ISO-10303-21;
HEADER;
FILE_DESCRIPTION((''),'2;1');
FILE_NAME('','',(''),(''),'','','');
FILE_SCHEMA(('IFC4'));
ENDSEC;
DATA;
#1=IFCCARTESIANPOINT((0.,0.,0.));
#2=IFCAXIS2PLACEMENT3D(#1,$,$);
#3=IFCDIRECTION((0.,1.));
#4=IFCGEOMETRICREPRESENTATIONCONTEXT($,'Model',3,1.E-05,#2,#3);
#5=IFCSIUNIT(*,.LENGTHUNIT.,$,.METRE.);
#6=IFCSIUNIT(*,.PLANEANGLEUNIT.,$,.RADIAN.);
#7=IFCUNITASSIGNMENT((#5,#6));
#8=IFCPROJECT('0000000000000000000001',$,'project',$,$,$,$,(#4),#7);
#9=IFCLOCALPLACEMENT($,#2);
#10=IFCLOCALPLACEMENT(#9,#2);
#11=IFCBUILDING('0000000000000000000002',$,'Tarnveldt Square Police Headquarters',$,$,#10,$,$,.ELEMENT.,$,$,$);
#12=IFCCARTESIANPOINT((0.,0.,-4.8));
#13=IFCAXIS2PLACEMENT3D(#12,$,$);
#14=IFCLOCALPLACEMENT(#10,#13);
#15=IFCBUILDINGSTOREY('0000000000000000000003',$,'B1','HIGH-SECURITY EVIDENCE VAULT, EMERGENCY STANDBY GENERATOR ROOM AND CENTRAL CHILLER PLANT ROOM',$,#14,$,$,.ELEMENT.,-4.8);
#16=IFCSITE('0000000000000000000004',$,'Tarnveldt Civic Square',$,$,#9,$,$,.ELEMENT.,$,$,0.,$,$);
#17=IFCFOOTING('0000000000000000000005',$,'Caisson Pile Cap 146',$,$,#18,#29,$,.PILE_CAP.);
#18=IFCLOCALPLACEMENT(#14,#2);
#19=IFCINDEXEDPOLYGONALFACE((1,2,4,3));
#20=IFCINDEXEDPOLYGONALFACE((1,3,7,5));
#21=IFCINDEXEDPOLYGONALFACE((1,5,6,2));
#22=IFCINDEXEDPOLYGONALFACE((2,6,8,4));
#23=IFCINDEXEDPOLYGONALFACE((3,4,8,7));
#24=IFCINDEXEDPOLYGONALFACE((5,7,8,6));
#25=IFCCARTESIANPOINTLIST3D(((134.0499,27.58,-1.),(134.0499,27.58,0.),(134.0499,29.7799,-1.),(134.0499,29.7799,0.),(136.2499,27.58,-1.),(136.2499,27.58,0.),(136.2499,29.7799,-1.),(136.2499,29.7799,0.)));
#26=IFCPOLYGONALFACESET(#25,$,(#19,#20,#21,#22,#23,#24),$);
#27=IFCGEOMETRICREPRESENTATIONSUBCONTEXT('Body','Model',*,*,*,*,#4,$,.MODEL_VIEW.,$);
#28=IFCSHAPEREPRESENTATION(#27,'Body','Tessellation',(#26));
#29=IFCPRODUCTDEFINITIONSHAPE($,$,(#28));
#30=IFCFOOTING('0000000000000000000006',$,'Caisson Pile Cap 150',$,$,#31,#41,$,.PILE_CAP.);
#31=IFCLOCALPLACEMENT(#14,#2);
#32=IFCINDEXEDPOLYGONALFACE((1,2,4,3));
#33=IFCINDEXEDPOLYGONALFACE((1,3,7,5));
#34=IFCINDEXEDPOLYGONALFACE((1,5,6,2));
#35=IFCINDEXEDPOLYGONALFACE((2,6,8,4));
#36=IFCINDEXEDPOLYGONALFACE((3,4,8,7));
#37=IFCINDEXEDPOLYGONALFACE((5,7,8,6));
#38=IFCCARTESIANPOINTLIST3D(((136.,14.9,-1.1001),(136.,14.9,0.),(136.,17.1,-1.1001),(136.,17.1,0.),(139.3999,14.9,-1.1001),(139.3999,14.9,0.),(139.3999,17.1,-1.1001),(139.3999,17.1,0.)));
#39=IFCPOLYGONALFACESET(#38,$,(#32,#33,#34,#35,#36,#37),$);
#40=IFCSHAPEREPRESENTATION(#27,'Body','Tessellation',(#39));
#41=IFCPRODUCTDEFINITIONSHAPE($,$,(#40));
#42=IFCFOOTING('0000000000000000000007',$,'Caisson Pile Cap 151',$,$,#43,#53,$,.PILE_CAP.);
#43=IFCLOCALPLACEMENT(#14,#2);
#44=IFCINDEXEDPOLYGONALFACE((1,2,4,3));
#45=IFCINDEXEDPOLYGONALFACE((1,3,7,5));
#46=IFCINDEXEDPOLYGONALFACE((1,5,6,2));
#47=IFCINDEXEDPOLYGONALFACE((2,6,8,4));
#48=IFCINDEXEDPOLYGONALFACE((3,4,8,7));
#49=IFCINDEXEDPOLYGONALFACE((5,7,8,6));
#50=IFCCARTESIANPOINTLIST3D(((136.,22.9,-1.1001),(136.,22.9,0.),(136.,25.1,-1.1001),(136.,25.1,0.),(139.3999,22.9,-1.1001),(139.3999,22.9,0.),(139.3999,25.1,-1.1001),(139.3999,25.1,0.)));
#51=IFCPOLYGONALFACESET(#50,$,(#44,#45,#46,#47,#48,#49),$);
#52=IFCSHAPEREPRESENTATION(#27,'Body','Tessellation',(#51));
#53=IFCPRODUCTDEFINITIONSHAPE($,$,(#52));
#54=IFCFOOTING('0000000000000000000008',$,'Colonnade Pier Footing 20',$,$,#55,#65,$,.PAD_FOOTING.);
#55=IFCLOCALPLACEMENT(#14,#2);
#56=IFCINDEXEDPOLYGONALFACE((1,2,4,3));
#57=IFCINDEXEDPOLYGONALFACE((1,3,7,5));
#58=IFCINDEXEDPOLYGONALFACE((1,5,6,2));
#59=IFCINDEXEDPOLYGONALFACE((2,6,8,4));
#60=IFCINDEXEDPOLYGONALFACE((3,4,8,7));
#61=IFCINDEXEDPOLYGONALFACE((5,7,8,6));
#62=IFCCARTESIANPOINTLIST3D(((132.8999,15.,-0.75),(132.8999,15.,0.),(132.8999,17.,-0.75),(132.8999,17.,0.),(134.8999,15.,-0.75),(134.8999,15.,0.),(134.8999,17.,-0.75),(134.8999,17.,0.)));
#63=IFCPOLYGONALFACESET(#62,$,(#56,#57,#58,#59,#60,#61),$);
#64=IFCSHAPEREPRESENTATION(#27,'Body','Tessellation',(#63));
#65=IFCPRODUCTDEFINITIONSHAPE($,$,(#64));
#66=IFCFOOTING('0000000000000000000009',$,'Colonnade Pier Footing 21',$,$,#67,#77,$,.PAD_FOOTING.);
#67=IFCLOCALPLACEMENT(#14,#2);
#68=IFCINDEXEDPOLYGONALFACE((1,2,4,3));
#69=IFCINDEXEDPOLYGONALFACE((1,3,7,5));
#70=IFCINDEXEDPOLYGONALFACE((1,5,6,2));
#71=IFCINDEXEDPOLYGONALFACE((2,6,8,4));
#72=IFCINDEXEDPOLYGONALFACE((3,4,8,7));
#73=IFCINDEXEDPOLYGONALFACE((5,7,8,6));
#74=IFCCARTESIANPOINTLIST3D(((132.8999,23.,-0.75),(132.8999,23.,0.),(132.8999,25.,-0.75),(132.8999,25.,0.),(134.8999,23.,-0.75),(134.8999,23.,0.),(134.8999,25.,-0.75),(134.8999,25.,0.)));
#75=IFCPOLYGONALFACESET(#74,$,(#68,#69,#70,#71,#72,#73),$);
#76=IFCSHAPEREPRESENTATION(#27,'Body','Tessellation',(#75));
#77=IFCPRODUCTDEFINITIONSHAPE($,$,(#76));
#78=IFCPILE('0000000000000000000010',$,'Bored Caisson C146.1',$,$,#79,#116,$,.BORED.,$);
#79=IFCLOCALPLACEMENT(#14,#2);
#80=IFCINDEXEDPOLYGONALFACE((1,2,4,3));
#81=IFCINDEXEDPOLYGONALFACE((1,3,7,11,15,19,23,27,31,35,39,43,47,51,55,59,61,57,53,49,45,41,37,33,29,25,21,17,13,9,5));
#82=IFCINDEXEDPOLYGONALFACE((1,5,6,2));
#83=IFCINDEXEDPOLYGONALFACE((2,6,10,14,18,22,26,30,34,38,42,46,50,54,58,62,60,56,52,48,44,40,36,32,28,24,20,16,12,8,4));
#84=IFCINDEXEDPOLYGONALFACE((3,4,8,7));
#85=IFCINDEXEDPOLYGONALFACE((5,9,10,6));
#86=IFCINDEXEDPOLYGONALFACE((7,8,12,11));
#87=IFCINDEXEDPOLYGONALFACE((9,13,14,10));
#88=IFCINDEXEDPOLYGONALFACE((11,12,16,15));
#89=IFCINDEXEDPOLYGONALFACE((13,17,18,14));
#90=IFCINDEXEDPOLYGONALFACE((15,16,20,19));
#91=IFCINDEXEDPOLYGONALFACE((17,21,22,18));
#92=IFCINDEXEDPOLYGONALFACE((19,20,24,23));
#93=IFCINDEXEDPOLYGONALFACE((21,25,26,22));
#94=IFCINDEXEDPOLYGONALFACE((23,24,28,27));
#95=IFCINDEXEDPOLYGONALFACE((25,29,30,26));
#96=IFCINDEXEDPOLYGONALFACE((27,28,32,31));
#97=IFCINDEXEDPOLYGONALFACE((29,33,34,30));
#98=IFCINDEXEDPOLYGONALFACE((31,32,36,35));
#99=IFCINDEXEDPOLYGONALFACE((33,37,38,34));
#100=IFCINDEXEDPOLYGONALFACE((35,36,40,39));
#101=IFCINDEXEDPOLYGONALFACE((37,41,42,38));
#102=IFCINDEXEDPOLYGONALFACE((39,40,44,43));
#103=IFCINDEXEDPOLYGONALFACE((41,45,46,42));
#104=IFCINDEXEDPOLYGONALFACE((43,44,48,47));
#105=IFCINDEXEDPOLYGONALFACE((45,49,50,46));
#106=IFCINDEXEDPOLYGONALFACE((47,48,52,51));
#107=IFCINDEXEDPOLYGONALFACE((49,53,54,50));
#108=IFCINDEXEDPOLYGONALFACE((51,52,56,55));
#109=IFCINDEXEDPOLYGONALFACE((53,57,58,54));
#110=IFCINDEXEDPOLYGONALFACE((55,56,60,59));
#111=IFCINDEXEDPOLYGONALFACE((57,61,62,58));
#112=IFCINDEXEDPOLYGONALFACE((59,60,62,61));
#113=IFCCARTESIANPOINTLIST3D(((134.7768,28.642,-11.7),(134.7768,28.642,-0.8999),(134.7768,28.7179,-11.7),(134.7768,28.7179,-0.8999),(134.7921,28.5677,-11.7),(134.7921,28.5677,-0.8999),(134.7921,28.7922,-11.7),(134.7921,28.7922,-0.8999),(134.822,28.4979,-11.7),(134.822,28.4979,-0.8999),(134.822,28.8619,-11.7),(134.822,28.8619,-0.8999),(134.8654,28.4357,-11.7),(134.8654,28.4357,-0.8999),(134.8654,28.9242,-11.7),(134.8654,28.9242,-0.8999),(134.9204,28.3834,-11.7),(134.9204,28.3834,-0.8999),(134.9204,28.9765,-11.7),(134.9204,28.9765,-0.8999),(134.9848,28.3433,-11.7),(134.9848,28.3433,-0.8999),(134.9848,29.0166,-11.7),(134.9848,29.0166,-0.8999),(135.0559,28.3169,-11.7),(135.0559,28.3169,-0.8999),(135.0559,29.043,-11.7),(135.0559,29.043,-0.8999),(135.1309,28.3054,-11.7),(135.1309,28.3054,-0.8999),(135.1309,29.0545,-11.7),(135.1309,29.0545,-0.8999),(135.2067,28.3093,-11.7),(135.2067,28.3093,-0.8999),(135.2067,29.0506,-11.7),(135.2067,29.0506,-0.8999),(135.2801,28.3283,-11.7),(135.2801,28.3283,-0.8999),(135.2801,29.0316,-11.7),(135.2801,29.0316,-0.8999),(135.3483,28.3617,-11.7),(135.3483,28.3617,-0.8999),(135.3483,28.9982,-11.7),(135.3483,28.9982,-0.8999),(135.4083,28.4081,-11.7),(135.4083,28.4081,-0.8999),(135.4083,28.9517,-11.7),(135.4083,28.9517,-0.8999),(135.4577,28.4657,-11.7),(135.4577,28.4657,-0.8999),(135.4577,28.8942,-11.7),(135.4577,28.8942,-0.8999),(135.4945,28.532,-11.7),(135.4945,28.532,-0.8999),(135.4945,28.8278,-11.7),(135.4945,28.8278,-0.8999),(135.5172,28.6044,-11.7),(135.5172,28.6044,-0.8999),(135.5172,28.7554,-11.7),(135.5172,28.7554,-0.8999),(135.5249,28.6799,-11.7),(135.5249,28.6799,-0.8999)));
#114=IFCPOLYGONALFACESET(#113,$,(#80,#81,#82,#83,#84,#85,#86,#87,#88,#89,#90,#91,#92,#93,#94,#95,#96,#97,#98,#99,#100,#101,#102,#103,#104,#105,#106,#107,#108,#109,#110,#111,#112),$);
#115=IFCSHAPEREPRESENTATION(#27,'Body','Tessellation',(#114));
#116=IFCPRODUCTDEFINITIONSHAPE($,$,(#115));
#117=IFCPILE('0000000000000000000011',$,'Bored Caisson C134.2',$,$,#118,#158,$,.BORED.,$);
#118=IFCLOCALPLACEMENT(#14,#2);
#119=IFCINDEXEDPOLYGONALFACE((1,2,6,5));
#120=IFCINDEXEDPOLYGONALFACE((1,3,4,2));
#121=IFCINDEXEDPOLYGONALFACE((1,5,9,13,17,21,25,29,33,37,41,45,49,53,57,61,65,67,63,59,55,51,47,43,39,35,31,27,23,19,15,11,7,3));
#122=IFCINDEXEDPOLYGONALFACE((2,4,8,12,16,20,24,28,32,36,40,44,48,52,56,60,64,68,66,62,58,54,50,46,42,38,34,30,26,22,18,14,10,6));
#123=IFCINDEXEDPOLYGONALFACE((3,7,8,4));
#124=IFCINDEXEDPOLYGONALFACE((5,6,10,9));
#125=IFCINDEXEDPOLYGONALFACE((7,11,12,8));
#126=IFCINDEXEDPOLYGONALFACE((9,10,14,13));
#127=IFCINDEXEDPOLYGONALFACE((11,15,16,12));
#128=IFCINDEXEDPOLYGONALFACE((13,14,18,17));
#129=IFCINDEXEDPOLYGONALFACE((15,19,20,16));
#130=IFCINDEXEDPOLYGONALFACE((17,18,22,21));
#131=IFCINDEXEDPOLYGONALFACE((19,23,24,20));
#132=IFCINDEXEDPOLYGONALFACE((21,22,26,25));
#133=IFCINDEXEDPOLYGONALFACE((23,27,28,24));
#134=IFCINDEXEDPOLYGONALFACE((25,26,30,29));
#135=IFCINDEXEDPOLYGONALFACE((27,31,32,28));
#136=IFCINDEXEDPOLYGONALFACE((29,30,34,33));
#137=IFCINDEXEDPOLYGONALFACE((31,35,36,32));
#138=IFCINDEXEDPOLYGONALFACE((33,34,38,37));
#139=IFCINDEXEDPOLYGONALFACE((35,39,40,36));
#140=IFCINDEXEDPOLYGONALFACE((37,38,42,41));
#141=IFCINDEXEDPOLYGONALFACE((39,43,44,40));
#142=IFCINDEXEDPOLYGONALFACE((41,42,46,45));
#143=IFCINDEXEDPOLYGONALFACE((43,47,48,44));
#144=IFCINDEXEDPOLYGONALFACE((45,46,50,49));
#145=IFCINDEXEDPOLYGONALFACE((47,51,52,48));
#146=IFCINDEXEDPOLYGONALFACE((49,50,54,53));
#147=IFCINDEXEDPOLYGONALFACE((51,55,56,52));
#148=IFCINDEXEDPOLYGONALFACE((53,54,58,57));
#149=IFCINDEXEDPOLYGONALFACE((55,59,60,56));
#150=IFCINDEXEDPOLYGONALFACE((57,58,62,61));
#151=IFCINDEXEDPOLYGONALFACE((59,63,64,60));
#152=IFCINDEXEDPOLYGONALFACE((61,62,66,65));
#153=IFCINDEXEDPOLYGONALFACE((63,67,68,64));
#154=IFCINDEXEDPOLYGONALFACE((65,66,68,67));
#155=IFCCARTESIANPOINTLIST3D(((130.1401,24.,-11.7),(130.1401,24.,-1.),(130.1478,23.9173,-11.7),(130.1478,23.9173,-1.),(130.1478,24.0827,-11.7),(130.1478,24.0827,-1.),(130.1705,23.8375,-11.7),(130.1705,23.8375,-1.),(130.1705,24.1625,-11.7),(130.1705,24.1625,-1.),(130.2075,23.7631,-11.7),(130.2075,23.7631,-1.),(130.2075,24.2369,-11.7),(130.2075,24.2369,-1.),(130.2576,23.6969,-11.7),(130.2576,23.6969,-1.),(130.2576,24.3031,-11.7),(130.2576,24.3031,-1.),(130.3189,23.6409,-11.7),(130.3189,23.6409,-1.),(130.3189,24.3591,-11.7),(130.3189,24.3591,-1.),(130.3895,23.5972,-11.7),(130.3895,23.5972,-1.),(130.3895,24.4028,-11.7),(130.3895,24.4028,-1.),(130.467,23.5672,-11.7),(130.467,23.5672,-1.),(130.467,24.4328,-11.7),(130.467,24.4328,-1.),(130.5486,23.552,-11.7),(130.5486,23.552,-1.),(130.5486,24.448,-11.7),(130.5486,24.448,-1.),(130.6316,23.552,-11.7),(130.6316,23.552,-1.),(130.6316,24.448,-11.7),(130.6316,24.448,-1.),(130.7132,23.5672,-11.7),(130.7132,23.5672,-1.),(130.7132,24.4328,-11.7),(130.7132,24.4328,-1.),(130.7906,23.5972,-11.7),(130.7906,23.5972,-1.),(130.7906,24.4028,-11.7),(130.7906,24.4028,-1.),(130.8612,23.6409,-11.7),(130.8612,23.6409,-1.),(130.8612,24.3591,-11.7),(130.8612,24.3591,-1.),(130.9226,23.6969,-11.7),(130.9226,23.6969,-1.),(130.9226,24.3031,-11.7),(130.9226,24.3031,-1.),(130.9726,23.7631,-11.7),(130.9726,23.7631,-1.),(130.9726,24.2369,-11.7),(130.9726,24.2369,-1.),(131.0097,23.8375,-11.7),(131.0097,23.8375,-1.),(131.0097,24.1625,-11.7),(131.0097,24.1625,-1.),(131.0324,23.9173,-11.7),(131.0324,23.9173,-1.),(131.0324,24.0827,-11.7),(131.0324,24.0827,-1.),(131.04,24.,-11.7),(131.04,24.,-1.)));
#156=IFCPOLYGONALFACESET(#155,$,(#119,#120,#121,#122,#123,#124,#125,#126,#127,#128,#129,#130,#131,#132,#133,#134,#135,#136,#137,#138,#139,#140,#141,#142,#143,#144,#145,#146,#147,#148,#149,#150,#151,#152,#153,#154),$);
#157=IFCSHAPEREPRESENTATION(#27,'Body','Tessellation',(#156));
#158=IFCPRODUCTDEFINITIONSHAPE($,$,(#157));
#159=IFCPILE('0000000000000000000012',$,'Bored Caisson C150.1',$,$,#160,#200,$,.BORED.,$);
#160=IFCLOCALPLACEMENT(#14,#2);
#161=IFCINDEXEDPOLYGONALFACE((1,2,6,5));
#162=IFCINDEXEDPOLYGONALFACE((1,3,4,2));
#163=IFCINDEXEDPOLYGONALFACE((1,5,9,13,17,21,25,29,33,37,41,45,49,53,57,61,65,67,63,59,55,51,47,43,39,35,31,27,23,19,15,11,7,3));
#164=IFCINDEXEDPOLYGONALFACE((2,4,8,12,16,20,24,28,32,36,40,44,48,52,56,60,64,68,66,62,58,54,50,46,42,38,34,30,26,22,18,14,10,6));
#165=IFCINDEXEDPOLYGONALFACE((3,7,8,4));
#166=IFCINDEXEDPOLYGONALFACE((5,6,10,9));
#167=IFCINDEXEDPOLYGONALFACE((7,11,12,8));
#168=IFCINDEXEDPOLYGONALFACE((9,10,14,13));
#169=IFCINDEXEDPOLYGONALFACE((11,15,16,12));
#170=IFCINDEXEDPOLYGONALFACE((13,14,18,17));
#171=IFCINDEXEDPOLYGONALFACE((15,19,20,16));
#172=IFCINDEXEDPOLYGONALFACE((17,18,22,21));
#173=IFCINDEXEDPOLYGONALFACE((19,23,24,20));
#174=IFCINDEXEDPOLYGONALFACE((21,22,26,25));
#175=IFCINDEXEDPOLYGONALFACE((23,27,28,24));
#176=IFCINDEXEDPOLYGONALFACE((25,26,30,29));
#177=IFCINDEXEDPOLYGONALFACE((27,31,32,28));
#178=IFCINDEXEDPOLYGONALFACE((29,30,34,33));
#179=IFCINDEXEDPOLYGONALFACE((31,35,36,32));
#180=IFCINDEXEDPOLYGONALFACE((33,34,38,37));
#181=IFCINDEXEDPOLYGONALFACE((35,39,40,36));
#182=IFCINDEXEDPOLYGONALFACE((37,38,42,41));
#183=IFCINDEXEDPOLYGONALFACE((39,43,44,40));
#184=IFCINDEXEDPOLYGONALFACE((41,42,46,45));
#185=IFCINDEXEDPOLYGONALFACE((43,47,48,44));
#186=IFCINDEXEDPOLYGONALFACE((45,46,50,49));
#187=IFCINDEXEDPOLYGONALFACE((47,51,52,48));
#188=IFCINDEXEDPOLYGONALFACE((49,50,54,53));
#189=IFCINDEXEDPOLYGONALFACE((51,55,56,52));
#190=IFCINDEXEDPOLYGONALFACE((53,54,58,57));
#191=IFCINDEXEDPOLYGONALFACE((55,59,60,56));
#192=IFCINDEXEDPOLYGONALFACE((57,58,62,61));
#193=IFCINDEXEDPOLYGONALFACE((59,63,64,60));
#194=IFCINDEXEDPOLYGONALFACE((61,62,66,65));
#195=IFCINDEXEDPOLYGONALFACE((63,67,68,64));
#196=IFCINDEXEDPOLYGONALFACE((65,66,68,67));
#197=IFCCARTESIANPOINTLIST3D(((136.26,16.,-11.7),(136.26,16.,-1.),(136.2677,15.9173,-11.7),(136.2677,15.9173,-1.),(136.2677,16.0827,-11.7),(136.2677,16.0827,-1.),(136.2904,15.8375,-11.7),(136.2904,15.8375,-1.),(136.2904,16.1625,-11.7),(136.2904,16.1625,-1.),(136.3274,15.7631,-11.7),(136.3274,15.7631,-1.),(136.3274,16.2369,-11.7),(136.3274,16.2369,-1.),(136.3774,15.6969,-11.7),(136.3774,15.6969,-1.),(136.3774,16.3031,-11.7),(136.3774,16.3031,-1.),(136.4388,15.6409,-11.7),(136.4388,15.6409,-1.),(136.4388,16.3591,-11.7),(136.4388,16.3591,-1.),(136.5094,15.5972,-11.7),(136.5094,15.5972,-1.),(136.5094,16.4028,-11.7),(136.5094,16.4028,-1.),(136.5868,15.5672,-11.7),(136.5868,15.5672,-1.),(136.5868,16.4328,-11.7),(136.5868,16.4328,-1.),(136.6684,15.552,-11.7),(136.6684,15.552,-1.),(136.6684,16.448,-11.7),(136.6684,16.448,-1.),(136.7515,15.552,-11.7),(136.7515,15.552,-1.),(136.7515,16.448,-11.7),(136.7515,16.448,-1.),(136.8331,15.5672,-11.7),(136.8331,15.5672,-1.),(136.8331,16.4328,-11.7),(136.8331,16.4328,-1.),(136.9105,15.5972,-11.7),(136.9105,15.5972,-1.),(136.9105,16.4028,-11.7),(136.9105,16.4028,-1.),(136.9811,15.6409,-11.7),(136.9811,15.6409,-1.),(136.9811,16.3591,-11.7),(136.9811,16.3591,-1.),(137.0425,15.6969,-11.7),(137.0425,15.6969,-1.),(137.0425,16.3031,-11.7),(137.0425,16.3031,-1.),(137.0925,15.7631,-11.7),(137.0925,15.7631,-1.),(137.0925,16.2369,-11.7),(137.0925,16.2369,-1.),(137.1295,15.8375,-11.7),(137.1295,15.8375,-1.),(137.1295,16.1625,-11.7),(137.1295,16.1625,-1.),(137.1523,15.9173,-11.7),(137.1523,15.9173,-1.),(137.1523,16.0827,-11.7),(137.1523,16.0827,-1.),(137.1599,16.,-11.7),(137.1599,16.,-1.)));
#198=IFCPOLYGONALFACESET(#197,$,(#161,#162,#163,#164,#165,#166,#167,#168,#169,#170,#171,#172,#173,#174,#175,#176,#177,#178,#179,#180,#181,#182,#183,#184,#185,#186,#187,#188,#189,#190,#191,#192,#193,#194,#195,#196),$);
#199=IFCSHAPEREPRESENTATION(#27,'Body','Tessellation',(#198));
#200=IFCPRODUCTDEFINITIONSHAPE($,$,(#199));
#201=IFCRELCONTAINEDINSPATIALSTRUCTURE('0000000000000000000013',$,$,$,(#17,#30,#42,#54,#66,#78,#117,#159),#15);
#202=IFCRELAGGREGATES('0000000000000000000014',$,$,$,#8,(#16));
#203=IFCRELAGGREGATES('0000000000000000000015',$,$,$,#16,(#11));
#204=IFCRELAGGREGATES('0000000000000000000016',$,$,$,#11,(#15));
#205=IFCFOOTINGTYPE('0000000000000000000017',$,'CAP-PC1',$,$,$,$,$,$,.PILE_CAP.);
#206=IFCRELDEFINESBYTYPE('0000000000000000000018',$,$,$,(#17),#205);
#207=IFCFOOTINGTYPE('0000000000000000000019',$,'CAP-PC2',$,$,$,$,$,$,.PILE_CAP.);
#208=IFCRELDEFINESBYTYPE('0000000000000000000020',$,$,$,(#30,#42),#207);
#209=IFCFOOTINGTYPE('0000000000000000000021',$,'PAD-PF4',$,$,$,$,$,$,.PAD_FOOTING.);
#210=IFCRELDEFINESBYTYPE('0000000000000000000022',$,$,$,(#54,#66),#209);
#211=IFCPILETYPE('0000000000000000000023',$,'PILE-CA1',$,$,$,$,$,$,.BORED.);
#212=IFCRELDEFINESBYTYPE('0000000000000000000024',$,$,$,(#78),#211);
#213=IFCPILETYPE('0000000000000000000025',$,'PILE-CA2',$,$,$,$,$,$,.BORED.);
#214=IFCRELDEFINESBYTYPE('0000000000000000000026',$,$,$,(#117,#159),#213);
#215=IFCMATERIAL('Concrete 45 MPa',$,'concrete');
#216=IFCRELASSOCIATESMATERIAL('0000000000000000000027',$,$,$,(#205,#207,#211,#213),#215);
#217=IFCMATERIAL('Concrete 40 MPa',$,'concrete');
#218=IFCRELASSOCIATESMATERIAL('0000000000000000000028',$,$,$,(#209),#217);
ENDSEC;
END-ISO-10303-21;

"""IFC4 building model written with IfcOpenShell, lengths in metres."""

from ifc_helpers import new_model, si_unit, direction, frame, origin, origin_2d, place, context, subcontext, project, spatial, rectangle, circle, extrude, material, material_profile, profile_set, type_object, element, save


model = new_model("IFC4")

# Units and contexts
model_context = context("Model", 3, precision=1e-05, world=origin(), true_north=direction((0.0, 1.0)))
body_context = subcontext(model_context, "Body", "Model", "MODEL_VIEW")
ifc_project = project(units=[si_unit("LENGTHUNIT", "METRE"), si_unit("PLANEANGLEUNIT", "RADIAN")], contexts=[model_context])

# Site, building, storey
site_placement = place(None, origin())
site = spatial("IfcSite", under=ifc_project, at=site_placement, Name="Tarnveldt Civic Square", CompositionType="ELEMENT", RefElevation=0.0)
building_placement = place(site_placement, origin())
building = spatial("IfcBuilding", under=site, at=building_placement, Name="Tarnveldt Square Police Headquarters", CompositionType="ELEMENT")
storey_placement = place(building_placement, frame((0.0, 0.0, -4.8)))
storey = spatial("IfcBuildingStorey", under=building, at=storey_placement, Name="B1", Description="HIGH-SECURITY EVIDENCE VAULT, EMERGENCY STANDBY GENERATOR ROOM AND CENTRAL CHILLER PLANT ROOM", CompositionType="ELEMENT", Elevation=-4.8)

# Footings
ifc_material_1 = material(Name="Concrete 45 MPa", Category="concrete")
footing_type_1 = type_object("IfcFootingType", Name="CAP-PC1", PredefinedType="PILE_CAP", material=ifc_material_1)
footing_placement = place(storey_placement, frame((135.1499, 28.6799, -1.0), z_axis=(0.0, 0.0, 1.0), x_axis=(1.0, 0.0, 0.0)))
element("IfcFooting", 1, at=footing_placement, inside=storey, type_object=footing_type_1, Name="Caisson Pile Cap 146", PredefinedType="PILE_CAP", context=body_context, shape_type="SweptSolid", body=[
    extrude(rectangle(XDim=2.2, YDim=2.2, at=origin_2d()), origin(), (0.0, 0.0, 1.0), 1.0),
])
footing_type_2 = type_object("IfcFootingType", Name="CAP-PC2", PredefinedType="PILE_CAP", material=ifc_material_1)
for number, where, z_axis, x_axis, name in (
    (2, (137.7, 16.0, -1.1001), (0.0, 0.0, 1.0), (1.0, 0.0, 0.0), "Caisson Pile Cap 150"),
    (3, (137.7, 24.0, -1.1001), (0.0, 0.0, 1.0), (1.0, 0.0, 0.0), "Caisson Pile Cap 151"),
):
    element("IfcFooting", number, at=place(storey_placement, frame(where, z_axis=z_axis, x_axis=x_axis)), inside=storey, type_object=footing_type_2, Name=name, PredefinedType="PILE_CAP", context=body_context, shape_type="SweptSolid", body=[
        extrude(rectangle(XDim=3.3999, YDim=2.2, at=origin_2d()), origin(), (0.0, 0.0, 1.0), 1.1001),
    ])
ifc_material_2 = material(Name="Concrete 40 MPa", Category="concrete")
footing_type_3 = type_object("IfcFootingType", Name="PAD-PF4", PredefinedType="PAD_FOOTING", material=ifc_material_2)
for number, where, z_axis, x_axis, name in (
    (4, (133.8999, 16.0, -0.75), (0.0, 0.0, 1.0), (1.0, 0.0, 0.0), "Colonnade Pier Footing 20"),
    (5, (133.8999, 24.0, -0.75), (0.0, 0.0, 1.0), (1.0, 0.0, 0.0), "Colonnade Pier Footing 21"),
):
    element("IfcFooting", number, at=place(storey_placement, frame(where, z_axis=z_axis, x_axis=x_axis)), inside=storey, type_object=footing_type_3, Name=name, PredefinedType="PAD_FOOTING", context=body_context, shape_type="SweptSolid", body=[
        extrude(rectangle(XDim=2.0, YDim=2.0, at=origin_2d()), origin(), (0.0, 0.0, 1.0), 0.75),
    ])

# Piles
ifc_material_profile_1 = material_profile(ifc_material_1, circle(Radius=0.375, at=origin_2d()), Name="CAISSON-D750")
ifc_profile_set_1 = profile_set([ifc_material_profile_1], Name="Concrete 45 MPa")
pile_type_1 = type_object("IfcPileType", Name="PILE-CA1", PredefinedType="BORED", material=ifc_profile_set_1)
pile_placement = place(storey_placement, frame((135.1499, 28.6799, -0.8999), z_axis=(0.0, 0.0, -1.0), x_axis=(1.0, 0.0, 0.0)))
element("IfcPile", 6, at=pile_placement, inside=storey, type_object=pile_type_1, Name="Bored Caisson C146.1", PredefinedType="BORED", context=body_context, shape_type="SweptSolid", body=[
    extrude(circle(Radius=0.375, at=origin_2d()), origin(), (0.0, 0.0, 1.0), 10.8),
])
ifc_material_profile_2 = material_profile(ifc_material_1, circle(Radius=0.45, at=origin_2d()), Name="CAISSON-D900")
ifc_profile_set_2 = profile_set([ifc_material_profile_2], Name="Concrete 45 MPa")
pile_type_2 = type_object("IfcPileType", Name="PILE-CA2", PredefinedType="BORED", material=ifc_profile_set_2)
for number, where, z_axis, x_axis, name in (
    (7, (130.5901, 24.0, -1.0), (0.0, 0.0, -1.0), (1.0, 0.0, 0.0), "Bored Caisson C134.2"),
    (8, (136.71, 16.0, -1.0), (0.0, 0.0, -1.0), (1.0, 0.0, 0.0), "Bored Caisson C150.1"),
):
    element("IfcPile", number, at=place(storey_placement, frame(where, z_axis=z_axis, x_axis=x_axis)), inside=storey, type_object=pile_type_2, Name=name, PredefinedType="BORED", context=body_context, shape_type="SweptSolid", body=[
        extrude(circle(Radius=0.45, at=origin_2d()), origin(), (0.0, 0.0, 1.0), 10.7),
    ])

save(model, "model.ifc")
